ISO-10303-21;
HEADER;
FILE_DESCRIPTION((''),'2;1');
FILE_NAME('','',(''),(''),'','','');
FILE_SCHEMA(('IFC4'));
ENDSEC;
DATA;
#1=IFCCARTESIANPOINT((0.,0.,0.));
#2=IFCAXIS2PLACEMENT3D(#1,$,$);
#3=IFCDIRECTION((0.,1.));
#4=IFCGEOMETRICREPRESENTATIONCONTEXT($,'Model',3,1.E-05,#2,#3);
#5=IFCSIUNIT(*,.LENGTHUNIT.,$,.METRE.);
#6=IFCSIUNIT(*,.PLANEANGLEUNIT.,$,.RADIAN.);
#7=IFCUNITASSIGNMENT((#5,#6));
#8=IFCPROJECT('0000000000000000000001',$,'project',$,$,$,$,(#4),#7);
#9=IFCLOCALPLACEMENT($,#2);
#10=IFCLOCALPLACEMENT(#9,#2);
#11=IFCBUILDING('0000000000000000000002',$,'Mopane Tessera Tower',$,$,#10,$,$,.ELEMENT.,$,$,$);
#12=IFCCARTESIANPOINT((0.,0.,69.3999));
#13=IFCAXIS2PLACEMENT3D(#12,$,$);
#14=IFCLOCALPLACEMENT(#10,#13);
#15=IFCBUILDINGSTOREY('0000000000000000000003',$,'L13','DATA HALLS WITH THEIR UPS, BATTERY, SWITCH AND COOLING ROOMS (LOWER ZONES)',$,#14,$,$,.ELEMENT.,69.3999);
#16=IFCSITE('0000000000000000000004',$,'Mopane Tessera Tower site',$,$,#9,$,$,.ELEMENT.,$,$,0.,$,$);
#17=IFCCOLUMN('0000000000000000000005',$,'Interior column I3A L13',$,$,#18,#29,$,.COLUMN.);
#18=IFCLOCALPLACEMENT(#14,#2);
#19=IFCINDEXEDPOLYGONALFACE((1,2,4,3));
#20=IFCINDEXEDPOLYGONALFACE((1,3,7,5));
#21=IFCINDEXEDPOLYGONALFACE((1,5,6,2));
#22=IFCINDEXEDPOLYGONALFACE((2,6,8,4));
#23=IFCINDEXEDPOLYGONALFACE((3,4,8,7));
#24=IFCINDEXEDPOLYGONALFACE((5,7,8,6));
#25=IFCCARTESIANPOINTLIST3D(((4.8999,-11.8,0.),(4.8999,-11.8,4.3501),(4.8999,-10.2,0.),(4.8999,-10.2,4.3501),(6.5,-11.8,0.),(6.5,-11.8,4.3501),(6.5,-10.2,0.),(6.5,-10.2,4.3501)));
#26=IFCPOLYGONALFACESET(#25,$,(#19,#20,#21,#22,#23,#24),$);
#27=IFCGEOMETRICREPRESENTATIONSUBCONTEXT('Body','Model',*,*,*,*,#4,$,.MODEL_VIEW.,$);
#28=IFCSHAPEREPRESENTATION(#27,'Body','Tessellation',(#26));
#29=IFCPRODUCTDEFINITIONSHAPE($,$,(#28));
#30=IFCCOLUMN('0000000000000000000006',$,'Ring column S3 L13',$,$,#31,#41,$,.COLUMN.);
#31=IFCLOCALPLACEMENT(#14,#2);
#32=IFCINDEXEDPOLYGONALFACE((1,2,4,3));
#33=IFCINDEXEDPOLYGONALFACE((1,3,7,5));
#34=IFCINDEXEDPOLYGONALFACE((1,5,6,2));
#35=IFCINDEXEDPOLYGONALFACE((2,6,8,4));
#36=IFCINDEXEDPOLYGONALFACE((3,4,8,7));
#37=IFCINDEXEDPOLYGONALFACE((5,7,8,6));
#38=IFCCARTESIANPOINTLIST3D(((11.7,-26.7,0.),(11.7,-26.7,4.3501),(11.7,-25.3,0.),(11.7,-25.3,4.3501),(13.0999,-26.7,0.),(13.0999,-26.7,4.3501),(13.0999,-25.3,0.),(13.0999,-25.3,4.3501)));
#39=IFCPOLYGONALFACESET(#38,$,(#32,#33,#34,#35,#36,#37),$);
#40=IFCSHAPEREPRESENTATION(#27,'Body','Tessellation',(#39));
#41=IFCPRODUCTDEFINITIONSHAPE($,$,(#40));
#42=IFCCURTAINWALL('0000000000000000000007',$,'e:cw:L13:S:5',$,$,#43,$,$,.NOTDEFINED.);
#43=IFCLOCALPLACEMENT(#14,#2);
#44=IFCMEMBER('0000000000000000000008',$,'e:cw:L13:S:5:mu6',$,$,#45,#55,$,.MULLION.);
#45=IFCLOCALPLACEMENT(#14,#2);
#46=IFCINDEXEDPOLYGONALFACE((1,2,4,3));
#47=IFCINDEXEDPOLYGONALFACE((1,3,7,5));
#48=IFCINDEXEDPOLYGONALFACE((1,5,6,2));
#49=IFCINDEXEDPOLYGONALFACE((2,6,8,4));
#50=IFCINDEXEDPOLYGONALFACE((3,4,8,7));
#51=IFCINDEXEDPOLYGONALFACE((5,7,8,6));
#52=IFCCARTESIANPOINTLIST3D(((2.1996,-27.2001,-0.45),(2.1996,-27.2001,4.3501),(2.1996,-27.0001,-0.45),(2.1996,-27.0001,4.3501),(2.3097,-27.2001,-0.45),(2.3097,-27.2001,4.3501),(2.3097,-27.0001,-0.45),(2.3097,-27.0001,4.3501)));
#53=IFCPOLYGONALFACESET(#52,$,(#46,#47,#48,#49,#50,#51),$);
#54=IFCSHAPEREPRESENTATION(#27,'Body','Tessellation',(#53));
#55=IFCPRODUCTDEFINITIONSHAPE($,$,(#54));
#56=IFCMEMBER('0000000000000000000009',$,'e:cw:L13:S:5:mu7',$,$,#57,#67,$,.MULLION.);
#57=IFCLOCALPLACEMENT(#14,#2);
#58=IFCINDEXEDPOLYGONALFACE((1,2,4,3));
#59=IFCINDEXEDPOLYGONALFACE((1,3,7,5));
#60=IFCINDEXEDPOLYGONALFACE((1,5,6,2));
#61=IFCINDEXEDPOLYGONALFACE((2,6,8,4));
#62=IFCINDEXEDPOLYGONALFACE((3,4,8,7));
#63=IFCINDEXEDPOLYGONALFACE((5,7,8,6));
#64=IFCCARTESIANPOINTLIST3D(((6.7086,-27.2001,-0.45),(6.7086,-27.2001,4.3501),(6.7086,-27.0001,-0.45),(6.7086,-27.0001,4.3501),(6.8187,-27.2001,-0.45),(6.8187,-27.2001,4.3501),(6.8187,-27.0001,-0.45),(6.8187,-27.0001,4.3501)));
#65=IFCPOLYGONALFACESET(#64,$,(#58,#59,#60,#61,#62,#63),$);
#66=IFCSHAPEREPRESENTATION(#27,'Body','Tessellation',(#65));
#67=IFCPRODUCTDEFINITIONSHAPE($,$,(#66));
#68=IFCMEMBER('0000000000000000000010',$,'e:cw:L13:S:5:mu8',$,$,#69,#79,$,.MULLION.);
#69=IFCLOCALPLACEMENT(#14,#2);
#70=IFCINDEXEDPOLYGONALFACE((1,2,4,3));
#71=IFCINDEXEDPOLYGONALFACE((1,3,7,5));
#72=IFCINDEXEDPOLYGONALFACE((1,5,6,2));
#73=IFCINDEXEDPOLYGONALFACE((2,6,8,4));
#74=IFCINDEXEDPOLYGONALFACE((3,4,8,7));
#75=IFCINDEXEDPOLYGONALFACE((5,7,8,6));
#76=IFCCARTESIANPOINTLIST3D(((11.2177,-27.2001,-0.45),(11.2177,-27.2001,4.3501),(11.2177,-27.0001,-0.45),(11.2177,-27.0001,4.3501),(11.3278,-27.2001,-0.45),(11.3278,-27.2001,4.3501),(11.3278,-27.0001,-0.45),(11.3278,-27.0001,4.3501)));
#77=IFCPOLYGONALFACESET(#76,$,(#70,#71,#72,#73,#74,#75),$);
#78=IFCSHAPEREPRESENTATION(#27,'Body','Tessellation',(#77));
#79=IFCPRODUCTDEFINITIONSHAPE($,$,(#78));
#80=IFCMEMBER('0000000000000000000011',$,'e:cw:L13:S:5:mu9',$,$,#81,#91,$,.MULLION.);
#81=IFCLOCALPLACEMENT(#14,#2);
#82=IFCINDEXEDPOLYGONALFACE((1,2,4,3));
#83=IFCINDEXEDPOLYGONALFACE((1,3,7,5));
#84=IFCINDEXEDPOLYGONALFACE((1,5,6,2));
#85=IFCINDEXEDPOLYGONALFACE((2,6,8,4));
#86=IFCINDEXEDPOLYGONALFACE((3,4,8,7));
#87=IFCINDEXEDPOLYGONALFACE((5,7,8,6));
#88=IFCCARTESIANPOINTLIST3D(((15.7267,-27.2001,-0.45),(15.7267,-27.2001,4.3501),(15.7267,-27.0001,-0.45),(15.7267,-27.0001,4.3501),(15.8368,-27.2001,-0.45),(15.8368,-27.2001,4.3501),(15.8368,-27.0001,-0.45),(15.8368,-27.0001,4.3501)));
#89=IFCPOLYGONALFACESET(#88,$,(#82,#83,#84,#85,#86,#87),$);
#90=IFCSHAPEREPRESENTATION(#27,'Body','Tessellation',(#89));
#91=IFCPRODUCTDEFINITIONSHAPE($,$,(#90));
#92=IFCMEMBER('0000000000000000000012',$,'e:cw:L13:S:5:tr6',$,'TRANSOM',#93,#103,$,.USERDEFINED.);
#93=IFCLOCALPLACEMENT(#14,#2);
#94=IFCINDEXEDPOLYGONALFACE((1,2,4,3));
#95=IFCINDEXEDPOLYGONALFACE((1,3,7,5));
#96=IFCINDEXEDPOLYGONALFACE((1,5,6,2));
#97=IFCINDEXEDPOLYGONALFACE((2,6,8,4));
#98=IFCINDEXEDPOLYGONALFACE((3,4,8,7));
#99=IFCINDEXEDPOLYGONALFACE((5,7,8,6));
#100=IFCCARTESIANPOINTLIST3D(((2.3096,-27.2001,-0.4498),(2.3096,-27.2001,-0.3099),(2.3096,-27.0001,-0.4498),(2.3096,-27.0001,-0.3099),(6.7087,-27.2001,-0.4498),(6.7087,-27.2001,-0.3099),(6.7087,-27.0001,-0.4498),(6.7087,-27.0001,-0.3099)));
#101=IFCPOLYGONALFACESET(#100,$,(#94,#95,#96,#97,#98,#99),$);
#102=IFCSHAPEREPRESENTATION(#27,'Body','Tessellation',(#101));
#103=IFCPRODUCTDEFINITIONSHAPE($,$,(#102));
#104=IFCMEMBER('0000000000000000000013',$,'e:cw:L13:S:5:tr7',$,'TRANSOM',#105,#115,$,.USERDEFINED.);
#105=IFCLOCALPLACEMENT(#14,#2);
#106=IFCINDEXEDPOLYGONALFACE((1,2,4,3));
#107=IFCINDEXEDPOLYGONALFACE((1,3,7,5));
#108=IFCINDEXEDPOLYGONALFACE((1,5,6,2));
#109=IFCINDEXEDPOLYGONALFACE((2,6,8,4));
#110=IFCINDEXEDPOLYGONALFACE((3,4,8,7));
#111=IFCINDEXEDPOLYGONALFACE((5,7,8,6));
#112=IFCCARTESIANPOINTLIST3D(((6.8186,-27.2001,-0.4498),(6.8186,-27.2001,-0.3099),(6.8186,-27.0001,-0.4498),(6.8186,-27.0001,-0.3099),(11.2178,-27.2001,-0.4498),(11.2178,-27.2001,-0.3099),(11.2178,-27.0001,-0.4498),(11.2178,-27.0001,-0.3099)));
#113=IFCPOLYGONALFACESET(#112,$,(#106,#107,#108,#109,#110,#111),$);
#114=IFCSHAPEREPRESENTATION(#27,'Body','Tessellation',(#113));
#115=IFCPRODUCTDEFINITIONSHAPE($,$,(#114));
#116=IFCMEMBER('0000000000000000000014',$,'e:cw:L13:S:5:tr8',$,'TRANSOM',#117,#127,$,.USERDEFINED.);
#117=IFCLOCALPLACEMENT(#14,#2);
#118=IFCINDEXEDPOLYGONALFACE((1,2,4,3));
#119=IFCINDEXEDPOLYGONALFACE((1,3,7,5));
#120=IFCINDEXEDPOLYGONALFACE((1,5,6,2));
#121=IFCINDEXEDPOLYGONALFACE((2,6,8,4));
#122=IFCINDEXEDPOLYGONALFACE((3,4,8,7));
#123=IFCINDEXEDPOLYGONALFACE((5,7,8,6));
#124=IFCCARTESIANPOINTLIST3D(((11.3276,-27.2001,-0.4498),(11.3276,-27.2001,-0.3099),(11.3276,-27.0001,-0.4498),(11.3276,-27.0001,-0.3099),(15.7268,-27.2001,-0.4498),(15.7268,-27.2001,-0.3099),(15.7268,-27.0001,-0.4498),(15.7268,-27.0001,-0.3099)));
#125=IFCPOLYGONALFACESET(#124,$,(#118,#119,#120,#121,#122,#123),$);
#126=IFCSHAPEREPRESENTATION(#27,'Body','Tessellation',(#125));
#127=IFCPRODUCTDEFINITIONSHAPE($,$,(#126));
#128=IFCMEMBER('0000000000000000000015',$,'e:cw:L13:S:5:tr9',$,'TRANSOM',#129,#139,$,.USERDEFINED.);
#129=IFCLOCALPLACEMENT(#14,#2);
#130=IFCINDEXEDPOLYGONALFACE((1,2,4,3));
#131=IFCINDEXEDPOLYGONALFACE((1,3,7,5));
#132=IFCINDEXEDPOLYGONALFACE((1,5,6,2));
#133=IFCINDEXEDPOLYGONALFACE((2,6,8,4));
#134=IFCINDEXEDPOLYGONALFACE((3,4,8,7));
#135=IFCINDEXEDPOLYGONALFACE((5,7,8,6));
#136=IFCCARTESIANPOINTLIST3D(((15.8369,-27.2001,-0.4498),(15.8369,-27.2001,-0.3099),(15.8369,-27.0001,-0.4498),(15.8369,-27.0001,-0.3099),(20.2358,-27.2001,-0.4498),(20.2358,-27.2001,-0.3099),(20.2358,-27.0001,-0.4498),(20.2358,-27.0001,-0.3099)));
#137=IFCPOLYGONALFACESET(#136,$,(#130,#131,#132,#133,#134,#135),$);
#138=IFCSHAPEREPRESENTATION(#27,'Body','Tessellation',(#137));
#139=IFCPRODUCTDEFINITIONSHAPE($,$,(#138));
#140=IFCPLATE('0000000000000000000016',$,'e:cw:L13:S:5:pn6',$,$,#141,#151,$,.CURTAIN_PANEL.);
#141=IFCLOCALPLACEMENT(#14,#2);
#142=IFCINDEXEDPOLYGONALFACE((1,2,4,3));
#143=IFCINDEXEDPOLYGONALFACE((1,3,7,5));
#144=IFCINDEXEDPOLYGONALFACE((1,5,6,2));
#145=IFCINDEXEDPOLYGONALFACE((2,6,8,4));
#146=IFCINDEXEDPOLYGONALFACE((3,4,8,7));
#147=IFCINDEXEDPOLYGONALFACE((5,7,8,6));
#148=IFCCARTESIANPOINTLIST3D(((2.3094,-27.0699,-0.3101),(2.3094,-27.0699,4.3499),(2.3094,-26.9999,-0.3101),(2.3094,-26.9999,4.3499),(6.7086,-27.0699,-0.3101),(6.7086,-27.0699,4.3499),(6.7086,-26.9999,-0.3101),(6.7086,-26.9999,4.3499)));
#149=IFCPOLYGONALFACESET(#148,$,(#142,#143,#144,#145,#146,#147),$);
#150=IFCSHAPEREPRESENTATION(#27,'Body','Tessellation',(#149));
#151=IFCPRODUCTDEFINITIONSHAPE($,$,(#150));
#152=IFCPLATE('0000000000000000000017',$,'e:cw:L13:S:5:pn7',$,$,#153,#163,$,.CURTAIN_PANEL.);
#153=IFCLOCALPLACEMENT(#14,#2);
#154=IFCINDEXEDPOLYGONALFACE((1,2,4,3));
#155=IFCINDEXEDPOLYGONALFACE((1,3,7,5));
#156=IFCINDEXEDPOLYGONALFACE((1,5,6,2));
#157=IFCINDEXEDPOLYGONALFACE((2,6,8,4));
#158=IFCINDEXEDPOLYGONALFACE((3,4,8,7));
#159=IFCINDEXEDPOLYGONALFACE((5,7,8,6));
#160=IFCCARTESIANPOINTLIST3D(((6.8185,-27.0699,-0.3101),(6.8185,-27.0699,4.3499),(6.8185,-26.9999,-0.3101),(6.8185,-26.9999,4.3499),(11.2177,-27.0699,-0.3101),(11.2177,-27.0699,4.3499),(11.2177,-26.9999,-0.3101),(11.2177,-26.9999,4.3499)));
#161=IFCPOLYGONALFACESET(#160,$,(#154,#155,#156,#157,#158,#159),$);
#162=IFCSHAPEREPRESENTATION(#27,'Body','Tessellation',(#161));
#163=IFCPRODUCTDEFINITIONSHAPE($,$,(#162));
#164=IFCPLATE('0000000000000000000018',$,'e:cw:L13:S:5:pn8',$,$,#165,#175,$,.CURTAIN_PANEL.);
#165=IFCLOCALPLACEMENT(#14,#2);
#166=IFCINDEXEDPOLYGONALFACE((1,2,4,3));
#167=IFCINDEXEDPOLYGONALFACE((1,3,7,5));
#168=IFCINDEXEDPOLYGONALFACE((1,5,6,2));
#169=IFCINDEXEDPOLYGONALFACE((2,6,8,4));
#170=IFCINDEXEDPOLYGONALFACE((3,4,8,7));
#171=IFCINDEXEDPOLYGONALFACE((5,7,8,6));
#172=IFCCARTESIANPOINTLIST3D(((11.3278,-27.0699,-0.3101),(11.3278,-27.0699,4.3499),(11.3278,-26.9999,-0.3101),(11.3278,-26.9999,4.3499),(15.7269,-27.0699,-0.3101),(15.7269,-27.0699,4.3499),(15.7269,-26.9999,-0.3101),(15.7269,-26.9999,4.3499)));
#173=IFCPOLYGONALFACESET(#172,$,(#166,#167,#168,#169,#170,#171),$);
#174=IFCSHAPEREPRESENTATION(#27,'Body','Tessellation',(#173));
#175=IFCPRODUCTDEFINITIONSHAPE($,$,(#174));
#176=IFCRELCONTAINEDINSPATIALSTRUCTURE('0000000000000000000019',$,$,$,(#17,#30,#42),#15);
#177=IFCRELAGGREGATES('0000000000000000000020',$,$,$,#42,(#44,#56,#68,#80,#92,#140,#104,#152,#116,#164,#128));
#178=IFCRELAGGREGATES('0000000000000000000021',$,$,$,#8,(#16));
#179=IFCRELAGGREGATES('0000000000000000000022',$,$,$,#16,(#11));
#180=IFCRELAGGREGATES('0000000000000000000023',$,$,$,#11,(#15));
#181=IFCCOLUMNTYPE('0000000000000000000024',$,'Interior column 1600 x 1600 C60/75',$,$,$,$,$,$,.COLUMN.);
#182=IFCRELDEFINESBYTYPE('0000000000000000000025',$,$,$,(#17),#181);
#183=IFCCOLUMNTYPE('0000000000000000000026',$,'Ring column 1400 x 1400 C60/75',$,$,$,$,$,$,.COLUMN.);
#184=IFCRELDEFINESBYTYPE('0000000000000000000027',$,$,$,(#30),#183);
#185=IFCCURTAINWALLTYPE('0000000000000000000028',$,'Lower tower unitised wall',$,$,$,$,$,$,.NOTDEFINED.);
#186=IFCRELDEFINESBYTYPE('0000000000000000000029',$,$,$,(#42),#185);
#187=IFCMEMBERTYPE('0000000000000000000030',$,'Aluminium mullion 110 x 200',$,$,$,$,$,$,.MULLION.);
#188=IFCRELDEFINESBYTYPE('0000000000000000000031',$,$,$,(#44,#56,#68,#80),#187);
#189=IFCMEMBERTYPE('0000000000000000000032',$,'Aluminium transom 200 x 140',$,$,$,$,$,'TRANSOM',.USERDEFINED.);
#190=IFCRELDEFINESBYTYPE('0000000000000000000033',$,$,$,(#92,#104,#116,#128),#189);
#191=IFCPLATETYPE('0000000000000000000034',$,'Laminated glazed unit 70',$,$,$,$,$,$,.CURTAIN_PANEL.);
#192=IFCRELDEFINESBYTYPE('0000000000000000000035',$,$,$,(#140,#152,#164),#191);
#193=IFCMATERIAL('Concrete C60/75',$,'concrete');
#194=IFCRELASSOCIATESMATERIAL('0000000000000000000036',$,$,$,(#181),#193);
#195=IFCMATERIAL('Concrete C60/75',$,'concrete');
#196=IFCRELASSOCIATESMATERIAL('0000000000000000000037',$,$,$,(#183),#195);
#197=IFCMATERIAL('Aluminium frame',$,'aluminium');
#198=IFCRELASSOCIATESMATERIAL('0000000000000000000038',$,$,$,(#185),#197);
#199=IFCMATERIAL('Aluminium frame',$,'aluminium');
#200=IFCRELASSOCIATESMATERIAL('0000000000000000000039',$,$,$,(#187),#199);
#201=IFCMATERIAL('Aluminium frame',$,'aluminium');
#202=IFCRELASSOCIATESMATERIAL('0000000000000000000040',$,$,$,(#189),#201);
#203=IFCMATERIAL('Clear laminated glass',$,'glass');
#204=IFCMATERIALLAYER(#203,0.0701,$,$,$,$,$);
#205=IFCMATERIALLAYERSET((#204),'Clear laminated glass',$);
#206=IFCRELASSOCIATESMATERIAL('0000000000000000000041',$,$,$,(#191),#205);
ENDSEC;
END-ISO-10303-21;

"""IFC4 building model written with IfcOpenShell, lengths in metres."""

from ifc_helpers import new_model, si_unit, direction, frame, origin, origin_2d, place, context, subcontext, project, spatial, rectangle, extrude, material, layer, layer_set, material_profile, profile_set, type_object, element, aggregate, save


model = new_model("IFC4")

# Units and contexts
model_context = context("Model", 3, precision=1e-05, world=origin(), true_north=direction((0.0, 1.0)))
body_context = subcontext(model_context, "Body", "Model", "MODEL_VIEW")
ifc_project = project(units=[si_unit("LENGTHUNIT", "METRE"), si_unit("PLANEANGLEUNIT", "RADIAN")], contexts=[model_context])

# Site, building, storey
site_placement = place(None, origin())
site = spatial("IfcSite", under=ifc_project, at=site_placement, Name="Mopane Tessera Tower site", CompositionType="ELEMENT", RefElevation=0.0)
building_placement = place(site_placement, origin())
building = spatial("IfcBuilding", under=site, at=building_placement, Name="Mopane Tessera Tower", CompositionType="ELEMENT")
storey_placement = place(building_placement, frame((0.0, 0.0, 69.3999)))
storey = spatial("IfcBuildingStorey", under=building, at=storey_placement, Name="L13", Description="DATA HALLS WITH THEIR UPS, BATTERY, SWITCH AND COOLING ROOMS (LOWER ZONES)", CompositionType="ELEMENT", Elevation=69.3999)

# Columns
ifc_material_1 = material(Name="Concrete C60/75", Category="concrete")
ifc_material_profile_1 = material_profile(ifc_material_1, rectangle(XDim=1.6001, YDim=1.6001, at=origin_2d()))
ifc_profile_set_1 = profile_set([ifc_material_profile_1], Name="Concrete C60/75")
column_type_1 = type_object("IfcColumnType", Name="Interior column 1600 x 1600 C60/75", PredefinedType="COLUMN", material=ifc_profile_set_1)
column_1_placement = place(storey_placement, frame((5.7, -11.0, 0.0), z_axis=(0.0, 0.0, 1.0), x_axis=(1.0, 0.0, 0.0)))
element("IfcColumn", 1, at=column_1_placement, inside=storey, type_object=column_type_1, Name="Interior column I3A L13", PredefinedType="COLUMN", context=body_context, shape_type="SweptSolid", body=[
    extrude(rectangle(XDim=1.6001, YDim=1.6001, at=origin_2d()), origin(), (0.0, 0.0, 1.0), 4.3501),
])
ifc_material_2 = material(Name="Concrete C60/75", Category="concrete")
ifc_material_profile_2 = material_profile(ifc_material_2, rectangle(XDim=1.3999, YDim=1.3999, at=origin_2d()))
ifc_profile_set_2 = profile_set([ifc_material_profile_2], Name="Concrete C60/75")
column_type_2 = type_object("IfcColumnType", Name="Ring column 1400 x 1400 C60/75", PredefinedType="COLUMN", material=ifc_profile_set_2)
column_2_placement = place(storey_placement, frame((12.3999, -26.0, 0.0), z_axis=(0.0, 0.0, 1.0), x_axis=(1.0, 0.0, 0.0)))
element("IfcColumn", 2, at=column_2_placement, inside=storey, type_object=column_type_2, Name="Ring column S3 L13", PredefinedType="COLUMN", context=body_context, shape_type="SweptSolid", body=[
    extrude(rectangle(XDim=1.3999, YDim=1.3999, at=origin_2d()), origin(), (0.0, 0.0, 1.0), 4.3501),
])

# Curtain wall, members, plates
ifc_material_3 = material(Name="Aluminium frame", Category="aluminium")
curtain_wall_type = type_object("IfcCurtainWallType", Name="Lower tower unitised wall", PredefinedType="NOTDEFINED", material=ifc_material_3)
curtain_wall_placement = place(storey_placement, origin())
curtain_wall = element("IfcCurtainWall", 3, at=curtain_wall_placement, inside=storey, type_object=curtain_wall_type, Name="e:cw:L13:S:5", PredefinedType="NOTDEFINED")
ifc_material_4 = material(Name="Aluminium frame", Category="aluminium")
ifc_material_profile_3 = material_profile(ifc_material_4, rectangle(XDim=0.1101, YDim=0.2, at=origin_2d()))
ifc_profile_set_3 = profile_set([ifc_material_profile_3], Name="Aluminium frame")
member_type_1 = type_object("IfcMemberType", Name="Aluminium mullion 110 x 200", PredefinedType="MULLION", material=ifc_profile_set_3)
member_1_placement = place(storey_placement, frame((2.2546, -27.1001, -0.45), z_axis=(0.0, 0.0, 1.0), x_axis=(1.0, 0.0, 0.0)))
member_1 = element("IfcMember", 4, at=member_1_placement, type_object=member_type_1, Name="e:cw:L13:S:5:mu6", PredefinedType="MULLION", context=body_context, shape_type="SweptSolid", body=[
    extrude(rectangle(XDim=0.1101, YDim=0.2, at=origin_2d()), origin(), (0.0, 0.0, 1.0), 4.8),
])
member_2_placement = place(storey_placement, frame((6.7637, -27.1001, -0.45), z_axis=(0.0, 0.0, 1.0), x_axis=(1.0, 0.0, 0.0)))
member_2 = element("IfcMember", 5, at=member_2_placement, type_object=member_type_1, Name="e:cw:L13:S:5:mu7", PredefinedType="MULLION", context=body_context, shape_type="SweptSolid", body=[
    extrude(rectangle(XDim=0.1101, YDim=0.2, at=origin_2d()), origin(), (0.0, 0.0, 1.0), 4.8),
])
member_3_placement = place(storey_placement, frame((11.2727, -27.1001, -0.45), z_axis=(0.0, 0.0, 1.0), x_axis=(1.0, 0.0, 0.0)))
member_3 = element("IfcMember", 6, at=member_3_placement, type_object=member_type_1, Name="e:cw:L13:S:5:mu8", PredefinedType="MULLION", context=body_context, shape_type="SweptSolid", body=[
    extrude(rectangle(XDim=0.1101, YDim=0.2, at=origin_2d()), origin(), (0.0, 0.0, 1.0), 4.8),
])
member_4_placement = place(storey_placement, frame((15.7817, -27.1001, -0.45), z_axis=(0.0, 0.0, 1.0), x_axis=(1.0, 0.0, 0.0)))
member_4 = element("IfcMember", 7, at=member_4_placement, type_object=member_type_1, Name="e:cw:L13:S:5:mu9", PredefinedType="MULLION", context=body_context, shape_type="SweptSolid", body=[
    extrude(rectangle(XDim=0.1101, YDim=0.2, at=origin_2d()), origin(), (0.0, 0.0, 1.0), 4.8),
])
ifc_material_5 = material(Name="Aluminium frame", Category="aluminium")
ifc_material_profile_4 = material_profile(ifc_material_5, rectangle(XDim=0.2, YDim=0.1399, at=origin_2d()))
ifc_profile_set_4 = profile_set([ifc_material_profile_4], Name="Aluminium frame")
member_type_2 = type_object("IfcMemberType", Name="Aluminium transom 200 x 140", ElementType="TRANSOM", PredefinedType="USERDEFINED", material=ifc_profile_set_4)
member_5_placement = place(storey_placement, frame((2.3096, -27.1001, -0.3799), z_axis=(1.0, 0.0, 0.0), x_axis=(0.0, 1.0, 0.0)))
member_5 = element("IfcMember", 8, at=member_5_placement, type_object=member_type_2, Name="e:cw:L13:S:5:tr6", ObjectType="TRANSOM", PredefinedType="USERDEFINED", context=body_context, shape_type="SweptSolid", body=[
    extrude(rectangle(XDim=0.2, YDim=0.1399, at=origin_2d()), origin(), (0.0, 0.0, 1.0), 4.3992),
])
member_6_placement = place(storey_placement, frame((6.8186, -27.1001, -0.3799), z_axis=(1.0, 0.0, 0.0), x_axis=(0.0, 1.0, 0.0)))
member_6 = element("IfcMember", 9, at=member_6_placement, type_object=member_type_2, Name="e:cw:L13:S:5:tr7", ObjectType="TRANSOM", PredefinedType="USERDEFINED", context=body_context, shape_type="SweptSolid", body=[
    extrude(rectangle(XDim=0.2, YDim=0.1399, at=origin_2d()), origin(), (0.0, 0.0, 1.0), 4.3992),
])
member_7_placement = place(storey_placement, frame((11.3276, -27.1001, -0.3799), z_axis=(1.0, 0.0, 0.0), x_axis=(0.0, 1.0, 0.0)))
member_7 = element("IfcMember", 10, at=member_7_placement, type_object=member_type_2, Name="e:cw:L13:S:5:tr8", ObjectType="TRANSOM", PredefinedType="USERDEFINED", context=body_context, shape_type="SweptSolid", body=[
    extrude(rectangle(XDim=0.2, YDim=0.1399, at=origin_2d()), origin(), (0.0, 0.0, 1.0), 4.3992),
])
member_8_placement = place(storey_placement, frame((15.8369, -27.1001, -0.3799), z_axis=(1.0, 0.0, 0.0), x_axis=(0.0, 1.0, 0.0)))
member_8 = element("IfcMember", 11, at=member_8_placement, type_object=member_type_2, Name="e:cw:L13:S:5:tr9", ObjectType="TRANSOM", PredefinedType="USERDEFINED", context=body_context, shape_type="SweptSolid", body=[
    extrude(rectangle(XDim=0.2, YDim=0.1399, at=origin_2d()), origin(), (0.0, 0.0, 1.0), 4.3989),
])
ifc_material_6 = material(Name="Clear laminated glass", Category="glass")
ifc_layer_1 = layer(ifc_material_6, 0.0701)
ifc_layer_set_1 = layer_set([ifc_layer_1], Name="Clear laminated glass")
plate_type = type_object("IfcPlateType", Name="Laminated glazed unit 70", PredefinedType="CURTAIN_PANEL", material=ifc_layer_set_1)
plate_1_placement = place(storey_placement, frame((4.509, -27.0349, -0.3101), z_axis=(0.0, 0.0, 1.0), x_axis=(1.0, 0.0, 0.0)))
plate_1 = element("IfcPlate", 12, at=plate_1_placement, type_object=plate_type, Name="e:cw:L13:S:5:pn6", PredefinedType="CURTAIN_PANEL", context=body_context, shape_type="SweptSolid", body=[
    extrude(rectangle(XDim=4.3992, YDim=0.0701, at=origin_2d()), origin(), (0.0, 0.0, 1.0), 4.6599),
])
plate_2_placement = place(storey_placement, frame((9.0181, -27.0349, -0.3101), z_axis=(0.0, 0.0, 1.0), x_axis=(1.0, 0.0, 0.0)))
plate_2 = element("IfcPlate", 13, at=plate_2_placement, type_object=plate_type, Name="e:cw:L13:S:5:pn7", PredefinedType="CURTAIN_PANEL", context=body_context, shape_type="SweptSolid", body=[
    extrude(rectangle(XDim=4.3992, YDim=0.0701, at=origin_2d()), origin(), (0.0, 0.0, 1.0), 4.6599),
])
plate_3_placement = place(storey_placement, frame((13.5273, -27.0349, -0.3101), z_axis=(0.0, 0.0, 1.0), x_axis=(1.0, 0.0, 0.0)))
plate_3 = element("IfcPlate", 14, at=plate_3_placement, type_object=plate_type, Name="e:cw:L13:S:5:pn8", PredefinedType="CURTAIN_PANEL", context=body_context, shape_type="SweptSolid", body=[
    extrude(rectangle(XDim=4.3992, YDim=0.0701, at=origin_2d()), origin(), (0.0, 0.0, 1.0), 4.6599),
])
aggregate(curtain_wall, [member_1, member_2, member_3, member_4, member_5, plate_1, member_6, plate_2, member_7, plate_3, member_8])

save(model, "model.ifc")
